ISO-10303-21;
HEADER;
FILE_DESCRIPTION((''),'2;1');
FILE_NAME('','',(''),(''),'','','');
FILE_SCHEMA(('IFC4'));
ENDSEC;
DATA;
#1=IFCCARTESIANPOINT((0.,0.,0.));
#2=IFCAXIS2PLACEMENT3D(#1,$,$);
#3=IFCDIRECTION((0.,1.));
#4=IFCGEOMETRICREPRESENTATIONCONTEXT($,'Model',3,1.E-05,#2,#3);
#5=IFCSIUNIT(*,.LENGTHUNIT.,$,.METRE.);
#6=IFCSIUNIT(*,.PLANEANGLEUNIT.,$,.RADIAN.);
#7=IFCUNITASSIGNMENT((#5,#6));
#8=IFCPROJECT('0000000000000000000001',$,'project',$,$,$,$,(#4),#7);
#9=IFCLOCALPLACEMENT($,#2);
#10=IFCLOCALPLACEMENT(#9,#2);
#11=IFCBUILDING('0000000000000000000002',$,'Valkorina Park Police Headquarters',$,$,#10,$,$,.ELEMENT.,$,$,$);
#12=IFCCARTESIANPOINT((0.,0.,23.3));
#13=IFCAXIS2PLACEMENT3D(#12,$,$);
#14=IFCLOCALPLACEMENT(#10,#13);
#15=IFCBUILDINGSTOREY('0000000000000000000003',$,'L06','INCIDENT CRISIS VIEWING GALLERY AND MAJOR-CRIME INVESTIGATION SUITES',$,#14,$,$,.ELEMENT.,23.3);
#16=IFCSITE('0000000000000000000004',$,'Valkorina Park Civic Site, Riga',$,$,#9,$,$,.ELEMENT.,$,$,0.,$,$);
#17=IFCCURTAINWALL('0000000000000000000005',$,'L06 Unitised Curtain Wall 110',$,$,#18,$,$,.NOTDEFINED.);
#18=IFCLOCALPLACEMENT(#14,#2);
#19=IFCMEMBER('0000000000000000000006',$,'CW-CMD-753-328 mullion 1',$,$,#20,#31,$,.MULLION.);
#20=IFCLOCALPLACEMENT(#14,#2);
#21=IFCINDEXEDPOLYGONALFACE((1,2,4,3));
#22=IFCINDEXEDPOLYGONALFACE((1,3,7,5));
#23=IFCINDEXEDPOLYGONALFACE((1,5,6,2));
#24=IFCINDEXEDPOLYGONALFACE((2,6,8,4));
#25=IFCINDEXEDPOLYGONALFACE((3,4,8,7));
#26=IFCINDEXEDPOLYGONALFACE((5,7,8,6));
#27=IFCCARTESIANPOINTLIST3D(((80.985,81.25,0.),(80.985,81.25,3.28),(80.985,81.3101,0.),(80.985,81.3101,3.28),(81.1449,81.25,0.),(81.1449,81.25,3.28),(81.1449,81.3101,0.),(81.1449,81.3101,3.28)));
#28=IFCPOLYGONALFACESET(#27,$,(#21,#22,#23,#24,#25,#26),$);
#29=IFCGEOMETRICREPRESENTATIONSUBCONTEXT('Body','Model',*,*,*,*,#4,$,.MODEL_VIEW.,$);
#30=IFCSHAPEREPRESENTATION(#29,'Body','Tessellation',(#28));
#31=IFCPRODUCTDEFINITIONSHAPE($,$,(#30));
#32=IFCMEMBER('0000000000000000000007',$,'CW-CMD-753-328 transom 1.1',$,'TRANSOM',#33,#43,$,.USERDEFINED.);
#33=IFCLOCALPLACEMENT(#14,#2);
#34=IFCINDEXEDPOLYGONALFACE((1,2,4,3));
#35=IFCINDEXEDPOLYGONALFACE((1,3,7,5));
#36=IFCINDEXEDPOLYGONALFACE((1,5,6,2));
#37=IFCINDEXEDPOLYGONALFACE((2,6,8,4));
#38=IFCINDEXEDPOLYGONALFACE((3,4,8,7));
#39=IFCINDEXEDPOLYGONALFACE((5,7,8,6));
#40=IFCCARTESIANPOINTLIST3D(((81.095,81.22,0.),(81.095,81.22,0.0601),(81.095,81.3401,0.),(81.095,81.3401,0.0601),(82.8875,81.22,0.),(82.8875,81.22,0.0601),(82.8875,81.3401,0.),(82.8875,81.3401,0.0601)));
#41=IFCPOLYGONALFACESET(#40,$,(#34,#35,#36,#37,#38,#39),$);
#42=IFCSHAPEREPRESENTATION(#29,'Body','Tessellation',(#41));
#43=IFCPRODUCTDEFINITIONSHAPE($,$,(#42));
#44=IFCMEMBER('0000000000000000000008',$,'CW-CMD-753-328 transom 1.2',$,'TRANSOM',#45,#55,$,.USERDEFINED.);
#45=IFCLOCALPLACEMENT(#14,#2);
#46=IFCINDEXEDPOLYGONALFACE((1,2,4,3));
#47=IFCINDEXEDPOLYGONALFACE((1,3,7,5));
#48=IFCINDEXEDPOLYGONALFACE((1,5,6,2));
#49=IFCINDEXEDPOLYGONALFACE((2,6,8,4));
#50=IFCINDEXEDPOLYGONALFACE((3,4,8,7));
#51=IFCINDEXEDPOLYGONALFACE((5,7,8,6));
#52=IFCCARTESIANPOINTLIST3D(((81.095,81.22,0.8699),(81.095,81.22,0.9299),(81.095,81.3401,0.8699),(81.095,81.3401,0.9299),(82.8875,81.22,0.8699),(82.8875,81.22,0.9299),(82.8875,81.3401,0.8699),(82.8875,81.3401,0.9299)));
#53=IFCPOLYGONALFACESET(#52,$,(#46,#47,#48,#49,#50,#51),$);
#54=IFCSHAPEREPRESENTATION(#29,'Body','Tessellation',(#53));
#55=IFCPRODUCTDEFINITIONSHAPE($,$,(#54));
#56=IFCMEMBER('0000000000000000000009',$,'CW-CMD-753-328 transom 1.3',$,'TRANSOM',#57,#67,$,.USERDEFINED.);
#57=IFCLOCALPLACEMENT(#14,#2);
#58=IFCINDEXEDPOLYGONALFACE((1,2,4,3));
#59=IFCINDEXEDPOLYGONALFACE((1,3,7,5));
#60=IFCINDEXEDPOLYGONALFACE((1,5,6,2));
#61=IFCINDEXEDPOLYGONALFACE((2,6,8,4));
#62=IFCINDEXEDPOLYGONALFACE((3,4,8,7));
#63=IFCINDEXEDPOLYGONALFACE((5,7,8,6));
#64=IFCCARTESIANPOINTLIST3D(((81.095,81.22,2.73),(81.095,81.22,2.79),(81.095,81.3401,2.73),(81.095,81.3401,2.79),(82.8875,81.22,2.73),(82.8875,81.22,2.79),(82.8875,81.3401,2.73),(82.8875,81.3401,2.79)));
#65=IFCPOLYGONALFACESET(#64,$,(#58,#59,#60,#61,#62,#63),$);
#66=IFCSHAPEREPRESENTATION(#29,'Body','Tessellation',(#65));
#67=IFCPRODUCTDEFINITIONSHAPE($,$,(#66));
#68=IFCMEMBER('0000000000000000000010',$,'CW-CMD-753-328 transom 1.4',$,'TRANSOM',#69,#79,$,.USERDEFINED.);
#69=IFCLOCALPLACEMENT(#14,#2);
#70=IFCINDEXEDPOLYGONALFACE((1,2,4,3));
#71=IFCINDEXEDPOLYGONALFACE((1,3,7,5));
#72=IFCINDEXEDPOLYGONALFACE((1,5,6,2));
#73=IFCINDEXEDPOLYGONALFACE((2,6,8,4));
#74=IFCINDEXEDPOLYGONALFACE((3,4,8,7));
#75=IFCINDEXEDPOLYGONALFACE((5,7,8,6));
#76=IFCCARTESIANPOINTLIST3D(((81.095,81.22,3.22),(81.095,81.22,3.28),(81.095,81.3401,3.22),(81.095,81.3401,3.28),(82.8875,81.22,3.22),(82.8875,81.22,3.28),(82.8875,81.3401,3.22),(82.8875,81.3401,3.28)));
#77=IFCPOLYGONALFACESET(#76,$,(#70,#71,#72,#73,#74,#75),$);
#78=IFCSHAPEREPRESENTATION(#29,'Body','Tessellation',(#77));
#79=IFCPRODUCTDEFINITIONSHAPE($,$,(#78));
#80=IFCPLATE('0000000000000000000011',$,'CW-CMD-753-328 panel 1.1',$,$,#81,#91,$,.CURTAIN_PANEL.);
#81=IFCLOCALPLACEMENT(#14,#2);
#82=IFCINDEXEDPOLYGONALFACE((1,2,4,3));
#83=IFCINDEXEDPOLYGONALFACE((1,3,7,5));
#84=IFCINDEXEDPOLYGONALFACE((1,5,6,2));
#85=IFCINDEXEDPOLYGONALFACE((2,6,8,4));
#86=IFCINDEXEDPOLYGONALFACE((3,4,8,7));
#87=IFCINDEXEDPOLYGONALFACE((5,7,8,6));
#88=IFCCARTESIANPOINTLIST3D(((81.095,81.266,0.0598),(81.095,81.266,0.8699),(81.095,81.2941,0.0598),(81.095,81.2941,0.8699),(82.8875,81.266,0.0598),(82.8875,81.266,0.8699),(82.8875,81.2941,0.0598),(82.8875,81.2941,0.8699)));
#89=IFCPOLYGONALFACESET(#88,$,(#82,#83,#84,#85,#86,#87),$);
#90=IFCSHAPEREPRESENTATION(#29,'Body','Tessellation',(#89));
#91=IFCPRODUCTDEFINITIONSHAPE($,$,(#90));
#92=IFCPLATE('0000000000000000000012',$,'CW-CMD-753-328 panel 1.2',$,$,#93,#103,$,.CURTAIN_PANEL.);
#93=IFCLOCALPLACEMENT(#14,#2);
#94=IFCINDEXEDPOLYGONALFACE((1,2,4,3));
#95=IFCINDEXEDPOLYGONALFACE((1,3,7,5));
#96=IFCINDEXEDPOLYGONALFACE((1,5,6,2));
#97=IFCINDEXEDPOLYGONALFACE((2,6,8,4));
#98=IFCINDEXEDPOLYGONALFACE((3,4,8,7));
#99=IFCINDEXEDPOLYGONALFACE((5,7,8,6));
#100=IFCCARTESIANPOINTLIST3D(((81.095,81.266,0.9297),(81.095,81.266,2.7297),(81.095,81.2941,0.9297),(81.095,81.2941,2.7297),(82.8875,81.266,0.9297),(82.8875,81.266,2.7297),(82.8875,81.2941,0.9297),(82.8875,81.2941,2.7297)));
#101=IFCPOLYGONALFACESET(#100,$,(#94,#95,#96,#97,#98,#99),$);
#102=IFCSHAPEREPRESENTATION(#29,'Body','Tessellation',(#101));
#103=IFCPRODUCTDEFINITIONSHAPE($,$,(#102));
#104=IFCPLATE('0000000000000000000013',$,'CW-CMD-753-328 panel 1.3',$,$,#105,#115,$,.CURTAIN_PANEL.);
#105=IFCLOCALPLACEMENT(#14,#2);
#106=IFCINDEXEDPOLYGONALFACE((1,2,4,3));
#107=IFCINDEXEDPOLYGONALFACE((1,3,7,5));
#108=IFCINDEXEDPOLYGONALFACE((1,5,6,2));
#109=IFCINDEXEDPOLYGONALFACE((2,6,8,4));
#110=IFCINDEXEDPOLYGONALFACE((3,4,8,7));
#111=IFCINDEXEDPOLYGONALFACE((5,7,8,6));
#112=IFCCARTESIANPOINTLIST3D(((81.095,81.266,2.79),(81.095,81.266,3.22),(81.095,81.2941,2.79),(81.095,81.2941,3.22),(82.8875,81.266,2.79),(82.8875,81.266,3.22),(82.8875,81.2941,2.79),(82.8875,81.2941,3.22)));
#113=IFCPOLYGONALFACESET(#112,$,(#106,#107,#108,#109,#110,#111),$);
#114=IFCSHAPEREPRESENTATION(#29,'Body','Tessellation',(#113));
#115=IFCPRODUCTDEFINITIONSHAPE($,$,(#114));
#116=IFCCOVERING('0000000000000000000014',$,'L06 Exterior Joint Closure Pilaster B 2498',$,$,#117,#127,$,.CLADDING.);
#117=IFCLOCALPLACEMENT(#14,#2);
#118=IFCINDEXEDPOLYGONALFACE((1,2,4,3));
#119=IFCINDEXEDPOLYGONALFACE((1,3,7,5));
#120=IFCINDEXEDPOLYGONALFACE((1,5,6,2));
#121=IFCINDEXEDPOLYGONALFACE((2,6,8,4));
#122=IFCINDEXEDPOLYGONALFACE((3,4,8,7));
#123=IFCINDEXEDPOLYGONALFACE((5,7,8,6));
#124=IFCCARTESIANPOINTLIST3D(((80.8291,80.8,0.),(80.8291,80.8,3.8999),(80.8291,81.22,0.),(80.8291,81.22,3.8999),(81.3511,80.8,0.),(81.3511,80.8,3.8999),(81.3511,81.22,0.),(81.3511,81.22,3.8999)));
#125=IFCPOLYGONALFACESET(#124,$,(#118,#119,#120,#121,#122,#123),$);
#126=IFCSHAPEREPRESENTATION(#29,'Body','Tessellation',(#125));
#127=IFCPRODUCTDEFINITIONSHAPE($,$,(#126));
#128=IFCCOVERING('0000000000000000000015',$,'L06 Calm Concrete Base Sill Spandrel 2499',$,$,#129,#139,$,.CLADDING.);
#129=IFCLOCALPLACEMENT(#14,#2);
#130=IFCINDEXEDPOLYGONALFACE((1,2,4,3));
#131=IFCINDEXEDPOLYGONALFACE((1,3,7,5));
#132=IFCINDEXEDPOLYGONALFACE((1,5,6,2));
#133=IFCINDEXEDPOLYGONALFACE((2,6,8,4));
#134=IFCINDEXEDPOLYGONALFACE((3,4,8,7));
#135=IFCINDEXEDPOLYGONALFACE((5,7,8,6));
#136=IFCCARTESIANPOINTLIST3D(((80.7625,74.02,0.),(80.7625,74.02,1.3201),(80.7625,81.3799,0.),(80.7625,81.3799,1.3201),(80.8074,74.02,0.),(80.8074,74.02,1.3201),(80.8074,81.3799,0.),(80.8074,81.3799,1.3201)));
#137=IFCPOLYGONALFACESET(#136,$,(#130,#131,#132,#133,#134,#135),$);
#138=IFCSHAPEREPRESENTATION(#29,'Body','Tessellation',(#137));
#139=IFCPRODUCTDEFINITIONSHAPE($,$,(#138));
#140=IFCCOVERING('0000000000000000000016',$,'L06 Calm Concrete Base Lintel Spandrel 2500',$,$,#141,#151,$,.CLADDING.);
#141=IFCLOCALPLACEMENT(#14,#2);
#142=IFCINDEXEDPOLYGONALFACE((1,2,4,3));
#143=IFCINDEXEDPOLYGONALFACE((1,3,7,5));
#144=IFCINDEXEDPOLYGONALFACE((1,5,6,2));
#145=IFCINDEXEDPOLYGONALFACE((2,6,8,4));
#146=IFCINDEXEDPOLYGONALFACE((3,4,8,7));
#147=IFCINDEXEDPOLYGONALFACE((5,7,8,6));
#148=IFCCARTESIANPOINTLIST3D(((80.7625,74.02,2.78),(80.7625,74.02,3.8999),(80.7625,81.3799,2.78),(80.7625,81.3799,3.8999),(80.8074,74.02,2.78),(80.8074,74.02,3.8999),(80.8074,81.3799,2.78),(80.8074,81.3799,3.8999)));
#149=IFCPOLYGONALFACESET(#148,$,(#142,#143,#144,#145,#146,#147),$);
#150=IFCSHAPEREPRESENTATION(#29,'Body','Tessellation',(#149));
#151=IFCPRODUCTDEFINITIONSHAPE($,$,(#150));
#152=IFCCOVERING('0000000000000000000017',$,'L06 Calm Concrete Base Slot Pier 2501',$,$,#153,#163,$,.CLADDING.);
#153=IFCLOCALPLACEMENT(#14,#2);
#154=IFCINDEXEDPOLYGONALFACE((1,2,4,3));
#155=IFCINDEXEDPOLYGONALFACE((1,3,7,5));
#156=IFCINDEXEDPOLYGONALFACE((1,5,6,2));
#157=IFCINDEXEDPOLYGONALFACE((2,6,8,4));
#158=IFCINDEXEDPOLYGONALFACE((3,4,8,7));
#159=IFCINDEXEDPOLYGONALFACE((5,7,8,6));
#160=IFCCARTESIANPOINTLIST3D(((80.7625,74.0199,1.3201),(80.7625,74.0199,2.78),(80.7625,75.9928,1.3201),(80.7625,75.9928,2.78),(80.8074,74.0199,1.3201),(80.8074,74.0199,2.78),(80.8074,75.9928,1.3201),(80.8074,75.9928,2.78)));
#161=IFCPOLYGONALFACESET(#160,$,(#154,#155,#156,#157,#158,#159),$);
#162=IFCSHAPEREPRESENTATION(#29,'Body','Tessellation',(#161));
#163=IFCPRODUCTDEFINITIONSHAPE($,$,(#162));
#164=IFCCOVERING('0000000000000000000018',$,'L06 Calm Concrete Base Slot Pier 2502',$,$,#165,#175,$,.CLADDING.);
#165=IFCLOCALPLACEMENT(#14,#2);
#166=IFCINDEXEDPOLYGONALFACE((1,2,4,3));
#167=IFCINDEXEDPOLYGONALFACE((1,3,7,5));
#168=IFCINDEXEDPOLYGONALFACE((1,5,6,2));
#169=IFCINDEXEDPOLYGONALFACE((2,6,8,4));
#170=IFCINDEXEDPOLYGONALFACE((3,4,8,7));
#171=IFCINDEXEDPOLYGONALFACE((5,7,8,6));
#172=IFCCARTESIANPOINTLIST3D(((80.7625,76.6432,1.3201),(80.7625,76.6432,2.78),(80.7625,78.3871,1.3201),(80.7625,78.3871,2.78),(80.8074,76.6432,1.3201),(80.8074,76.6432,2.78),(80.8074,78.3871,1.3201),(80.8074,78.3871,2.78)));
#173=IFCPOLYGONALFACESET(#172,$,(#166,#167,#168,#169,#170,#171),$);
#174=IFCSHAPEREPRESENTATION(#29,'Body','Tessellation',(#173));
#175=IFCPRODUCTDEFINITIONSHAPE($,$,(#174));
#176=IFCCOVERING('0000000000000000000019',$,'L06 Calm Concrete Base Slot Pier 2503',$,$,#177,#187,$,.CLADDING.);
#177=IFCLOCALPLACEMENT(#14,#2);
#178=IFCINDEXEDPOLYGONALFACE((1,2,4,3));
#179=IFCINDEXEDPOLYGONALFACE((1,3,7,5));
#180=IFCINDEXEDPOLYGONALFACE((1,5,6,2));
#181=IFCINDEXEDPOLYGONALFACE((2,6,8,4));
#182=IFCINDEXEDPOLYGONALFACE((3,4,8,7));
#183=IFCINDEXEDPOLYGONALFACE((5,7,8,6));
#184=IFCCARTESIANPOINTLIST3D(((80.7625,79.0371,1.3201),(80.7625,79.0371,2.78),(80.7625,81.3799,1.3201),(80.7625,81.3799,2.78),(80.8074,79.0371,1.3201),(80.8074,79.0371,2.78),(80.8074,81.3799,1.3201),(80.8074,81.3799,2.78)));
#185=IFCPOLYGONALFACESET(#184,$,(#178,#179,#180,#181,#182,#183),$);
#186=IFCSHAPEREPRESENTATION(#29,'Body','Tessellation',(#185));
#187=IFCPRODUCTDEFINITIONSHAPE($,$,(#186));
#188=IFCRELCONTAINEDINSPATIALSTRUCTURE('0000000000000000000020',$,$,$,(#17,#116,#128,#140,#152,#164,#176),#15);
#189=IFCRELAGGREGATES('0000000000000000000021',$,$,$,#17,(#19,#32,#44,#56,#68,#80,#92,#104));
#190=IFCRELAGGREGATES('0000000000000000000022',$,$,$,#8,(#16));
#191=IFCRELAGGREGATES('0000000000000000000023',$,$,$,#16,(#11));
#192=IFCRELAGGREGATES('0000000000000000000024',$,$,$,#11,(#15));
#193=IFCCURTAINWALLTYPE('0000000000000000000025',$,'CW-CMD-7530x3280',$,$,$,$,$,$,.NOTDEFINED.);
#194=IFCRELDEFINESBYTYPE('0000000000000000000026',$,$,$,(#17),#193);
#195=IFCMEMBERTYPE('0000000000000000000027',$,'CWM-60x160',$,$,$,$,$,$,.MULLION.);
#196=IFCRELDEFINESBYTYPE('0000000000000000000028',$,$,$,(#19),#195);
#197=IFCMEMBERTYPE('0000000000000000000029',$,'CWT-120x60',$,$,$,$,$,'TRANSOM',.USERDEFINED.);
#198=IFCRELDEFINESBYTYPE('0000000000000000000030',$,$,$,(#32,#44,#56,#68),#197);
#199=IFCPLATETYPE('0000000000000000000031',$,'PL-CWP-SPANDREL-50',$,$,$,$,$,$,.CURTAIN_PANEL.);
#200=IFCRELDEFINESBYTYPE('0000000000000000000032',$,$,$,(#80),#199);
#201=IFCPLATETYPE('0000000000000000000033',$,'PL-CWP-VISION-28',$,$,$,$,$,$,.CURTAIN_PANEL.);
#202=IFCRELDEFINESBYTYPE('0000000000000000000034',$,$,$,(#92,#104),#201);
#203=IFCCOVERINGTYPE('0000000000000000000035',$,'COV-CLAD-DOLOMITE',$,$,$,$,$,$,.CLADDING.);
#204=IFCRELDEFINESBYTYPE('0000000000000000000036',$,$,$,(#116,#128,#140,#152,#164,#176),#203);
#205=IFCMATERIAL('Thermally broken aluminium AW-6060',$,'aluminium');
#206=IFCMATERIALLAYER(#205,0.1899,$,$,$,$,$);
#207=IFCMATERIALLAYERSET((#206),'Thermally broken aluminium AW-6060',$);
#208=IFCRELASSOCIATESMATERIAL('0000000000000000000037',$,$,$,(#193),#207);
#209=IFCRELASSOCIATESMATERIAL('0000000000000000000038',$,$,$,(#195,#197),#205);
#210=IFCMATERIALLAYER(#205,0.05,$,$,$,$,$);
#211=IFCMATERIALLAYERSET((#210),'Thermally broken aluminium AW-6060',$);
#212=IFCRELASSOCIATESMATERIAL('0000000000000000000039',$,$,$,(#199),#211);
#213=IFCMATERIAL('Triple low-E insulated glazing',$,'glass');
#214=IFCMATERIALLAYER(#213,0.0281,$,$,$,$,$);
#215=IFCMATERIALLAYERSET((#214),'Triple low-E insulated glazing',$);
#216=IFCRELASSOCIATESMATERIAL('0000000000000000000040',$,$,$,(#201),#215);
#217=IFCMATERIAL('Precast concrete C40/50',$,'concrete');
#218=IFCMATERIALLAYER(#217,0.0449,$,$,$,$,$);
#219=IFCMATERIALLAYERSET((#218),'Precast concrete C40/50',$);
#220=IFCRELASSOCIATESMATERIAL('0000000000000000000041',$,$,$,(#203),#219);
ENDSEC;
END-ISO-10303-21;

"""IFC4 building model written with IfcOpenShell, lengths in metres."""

from ifc_helpers import new_model, si_unit, direction, frame, frame_2d, origin, origin_2d, place, context, subcontext, project, spatial, rectangle, extrude, material, layer, layer_set, material_profile, profile_set, type_object, element, aggregate, save


model = new_model("IFC4")

# Units and contexts
model_context = context("Model", 3, precision=1e-05, world=origin(), true_north=direction((0.0, 1.0)))
body_context = subcontext(model_context, "Body", "Model", "MODEL_VIEW")
ifc_project = project(units=[si_unit("LENGTHUNIT", "METRE"), si_unit("PLANEANGLEUNIT", "RADIAN")], contexts=[model_context])

# Site, building, storey
site_placement = place(None, origin())
site = spatial("IfcSite", under=ifc_project, at=site_placement, Name="Valkorina Park Civic Site, Riga", CompositionType="ELEMENT", RefElevation=0.0)
building_placement = place(site_placement, origin())
building = spatial("IfcBuilding", under=site, at=building_placement, Name="Valkorina Park Police Headquarters", CompositionType="ELEMENT")
storey_placement = place(building_placement, frame((0.0, 0.0, 23.3)))
storey = spatial("IfcBuildingStorey", under=building, at=storey_placement, Name="L06", Description="INCIDENT CRISIS VIEWING GALLERY AND MAJOR-CRIME INVESTIGATION SUITES", CompositionType="ELEMENT", Elevation=23.3)

# Curtain wall, members, plates
ifc_material_1 = material(Name="Thermally broken aluminium AW-6060", Category="aluminium")
ifc_layer_1 = layer(ifc_material_1, 0.1899)
ifc_layer_set_1 = layer_set([ifc_layer_1], Name="Thermally broken aluminium AW-6060")
curtain_wall_type = type_object("IfcCurtainWallType", Name="CW-CMD-7530x3280", PredefinedType="NOTDEFINED", material=ifc_layer_set_1)
curtain_wall_placement = place(storey_placement, origin())
curtain_wall = element("IfcCurtainWall", 1, at=curtain_wall_placement, inside=storey, type_object=curtain_wall_type, Name="L06 Unitised Curtain Wall 110", PredefinedType="NOTDEFINED")
ifc_material_profile_1 = material_profile(ifc_material_1, rectangle(XDim=0.0601, YDim=0.1599, at=origin_2d()), Name="CWM-01 60x160")
ifc_profile_set_1 = profile_set([ifc_material_profile_1], Name="Thermally broken aluminium AW-6060")
member_type_1 = type_object("IfcMemberType", Name="CWM-60x160", PredefinedType="MULLION", material=ifc_profile_set_1)
member_1_placement = place(storey_placement, frame((81.0649, 81.28, 0.0), z_axis=(0.0, 0.0, 1.0), x_axis=(0.0, 1.0, 0.0)))
member_1 = element("IfcMember", 2, at=member_1_placement, type_object=member_type_1, Name="CW-CMD-753-328 mullion 1", PredefinedType="MULLION", context=body_context, shape_type="SweptSolid", body=[
    extrude(rectangle(XDim=0.0601, YDim=0.1599, at=origin_2d()), origin(), (0.0, 0.0, 1.0), 3.28),
])
ifc_material_profile_2 = material_profile(ifc_material_1, rectangle(XDim=0.1201, YDim=0.0601, at=origin_2d()), Name="CWT-01 120x60")
ifc_profile_set_2 = profile_set([ifc_material_profile_2], Name="Thermally broken aluminium AW-6060")
member_type_2 = type_object("IfcMemberType", Name="CWT-120x60", ElementType="TRANSOM", PredefinedType="USERDEFINED", material=ifc_profile_set_2)
member_2_placement = place(storey_placement, frame((81.095, 81.28, 0.03), z_axis=(1.0, 0.0, 0.0), x_axis=(0.0, 1.0, 0.0)))
member_2 = element("IfcMember", 3, at=member_2_placement, type_object=member_type_2, Name="CW-CMD-753-328 transom 1.1", ObjectType="TRANSOM", PredefinedType="USERDEFINED", context=body_context, shape_type="SweptSolid", body=[
    extrude(rectangle(XDim=0.1201, YDim=0.0601, at=origin_2d()), origin(), (0.0, 0.0, 1.0), 1.7925),
])
member_3_placement = place(storey_placement, frame((81.095, 81.28, 0.8999), z_axis=(1.0, 0.0, 0.0), x_axis=(0.0, 1.0, 0.0)))
member_3 = element("IfcMember", 4, at=member_3_placement, type_object=member_type_2, Name="CW-CMD-753-328 transom 1.2", ObjectType="TRANSOM", PredefinedType="USERDEFINED", context=body_context, shape_type="SweptSolid", body=[
    extrude(rectangle(XDim=0.1201, YDim=0.0601, at=origin_2d()), origin(), (0.0, 0.0, 1.0), 1.7925),
])
member_4_placement = place(storey_placement, frame((81.095, 81.28, 2.76), z_axis=(1.0, 0.0, 0.0), x_axis=(0.0, 1.0, 0.0)))
member_4 = element("IfcMember", 5, at=member_4_placement, type_object=member_type_2, Name="CW-CMD-753-328 transom 1.3", ObjectType="TRANSOM", PredefinedType="USERDEFINED", context=body_context, shape_type="SweptSolid", body=[
    extrude(rectangle(XDim=0.1201, YDim=0.0601, at=origin_2d()), origin(), (0.0, 0.0, 1.0), 1.7925),
])
member_5_placement = place(storey_placement, frame((81.095, 81.28, 3.25), z_axis=(1.0, 0.0, 0.0), x_axis=(0.0, 1.0, 0.0)))
member_5 = element("IfcMember", 6, at=member_5_placement, type_object=member_type_2, Name="CW-CMD-753-328 transom 1.4", ObjectType="TRANSOM", PredefinedType="USERDEFINED", context=body_context, shape_type="SweptSolid", body=[
    extrude(rectangle(XDim=0.1201, YDim=0.0601, at=origin_2d()), origin(), (0.0, 0.0, 1.0), 1.7925),
])
ifc_layer_2 = layer(ifc_material_1, 0.05)
ifc_layer_set_2 = layer_set([ifc_layer_2], Name="Thermally broken aluminium AW-6060")
plate_type_1 = type_object("IfcPlateType", Name="PL-CWP-SPANDREL-50", PredefinedType="CURTAIN_PANEL", material=ifc_layer_set_2)
plate_1_placement = place(storey_placement, frame((81.9912, 81.28, 0.0598), z_axis=(0.0, 0.0, 1.0), x_axis=(1.0, 0.0, 0.0)))
plate_1 = element("IfcPlate", 7, at=plate_1_placement, type_object=plate_type_1, Name="CW-CMD-753-328 panel 1.1", PredefinedType="CURTAIN_PANEL", context=body_context, shape_type="SweptSolid", body=[
    extrude(rectangle(XDim=1.7925, YDim=0.0281, at=origin_2d()), origin(), (0.0, 0.0, 1.0), 0.8101),
])
ifc_material_2 = material(Name="Triple low-E insulated glazing", Category="glass")
ifc_layer_3 = layer(ifc_material_2, 0.0281)
ifc_layer_set_3 = layer_set([ifc_layer_3], Name="Triple low-E insulated glazing")
plate_type_2 = type_object("IfcPlateType", Name="PL-CWP-VISION-28", PredefinedType="CURTAIN_PANEL", material=ifc_layer_set_3)
plate_2_placement = place(storey_placement, frame((81.9912, 81.28, 0.9297), z_axis=(0.0, 0.0, 1.0), x_axis=(1.0, 0.0, 0.0)))
plate_2 = element("IfcPlate", 8, at=plate_2_placement, type_object=plate_type_2, Name="CW-CMD-753-328 panel 1.2", PredefinedType="CURTAIN_PANEL", context=body_context, shape_type="SweptSolid", body=[
    extrude(rectangle(XDim=1.7925, YDim=0.0281, at=origin_2d()), origin(), (0.0, 0.0, 1.0), 1.8),
])
plate_3_placement = place(storey_placement, frame((81.9912, 81.28, 2.79), z_axis=(0.0, 0.0, 1.0), x_axis=(1.0, 0.0, 0.0)))
plate_3 = element("IfcPlate", 9, at=plate_3_placement, type_object=plate_type_2, Name="CW-CMD-753-328 panel 1.3", PredefinedType="CURTAIN_PANEL", context=body_context, shape_type="SweptSolid", body=[
    extrude(rectangle(XDim=1.7925, YDim=0.0281, at=origin_2d()), origin(), (0.0, 0.0, 1.0), 0.4299),
])
aggregate(curtain_wall, [member_1, member_2, member_3, member_4, member_5, plate_1, plate_2, plate_3])

# Coverings
ifc_material_3 = material(Name="Precast concrete C40/50", Category="concrete")
ifc_layer_4 = layer(ifc_material_3, 0.0449)
ifc_layer_set_4 = layer_set([ifc_layer_4], Name="Precast concrete C40/50")
covering_type = type_object("IfcCoveringType", Name="COV-CLAD-DOLOMITE", PredefinedType="CLADDING", material=ifc_layer_set_4)
covering_1_placement = place(storey_placement, frame((81.0901, 81.01, 0.0), z_axis=(0.0, 0.0, 1.0), x_axis=(0.0, 1.0, 0.0)))
element("IfcCovering", 10, at=covering_1_placement, inside=storey, type_object=covering_type, Name="L06 Exterior Joint Closure Pilaster B 2498", PredefinedType="CLADDING", context=body_context, shape_type="SweptSolid", body=[
    extrude(rectangle(XDim=0.4199, YDim=0.522, at=origin_2d()), origin(), (0.0, 0.0, 1.0), 3.8999),
])
covering_2_placement = place(storey_placement, frame((80.7849, 74.02, 0.0), z_axis=(0.0, 0.0, 1.0), x_axis=(0.0, 1.0, 0.0)))
element("IfcCovering", 11, at=covering_2_placement, inside=storey, type_object=covering_type, Name="L06 Calm Concrete Base Sill Spandrel 2499", PredefinedType="CLADDING", context=body_context, shape_type="SweptSolid", body=[
    extrude(rectangle(XDim=7.3599, YDim=0.0449, at=frame_2d((3.6799, 0.0))), origin(), (0.0, 0.0, 1.0), 1.3201),
])
covering_3_placement = place(storey_placement, frame((80.7849, 74.02, 2.78), z_axis=(0.0, 0.0, 1.0), x_axis=(0.0, 1.0, 0.0)))
element("IfcCovering", 12, at=covering_3_placement, inside=storey, type_object=covering_type, Name="L06 Calm Concrete Base Lintel Spandrel 2500", PredefinedType="CLADDING", context=body_context, shape_type="SweptSolid", body=[
    extrude(rectangle(XDim=7.3599, YDim=0.0449, at=frame_2d((3.6799, 0.0))), origin(), (0.0, 0.0, 1.0), 1.1199),
])
covering_4_placement = place(storey_placement, frame((80.7849, 74.02, 1.3201), z_axis=(0.0, 0.0, 1.0), x_axis=(0.0, 1.0, 0.0)))
element("IfcCovering", 13, at=covering_4_placement, inside=storey, type_object=covering_type, Name="L06 Calm Concrete Base Slot Pier 2501", PredefinedType="CLADDING", context=body_context, shape_type="SweptSolid", body=[
    extrude(rectangle(XDim=1.9729, YDim=0.0449, at=frame_2d((0.9863, 0.0))), origin(), (0.0, 0.0, 1.0), 1.46),
])
covering_5_placement = place(storey_placement, frame((80.7849, 76.6431, 1.3201), z_axis=(0.0, 0.0, 1.0), x_axis=(0.0, 1.0, 0.0)))
element("IfcCovering", 14, at=covering_5_placement, inside=storey, type_object=covering_type, Name="L06 Calm Concrete Base Slot Pier 2502", PredefinedType="CLADDING", context=body_context, shape_type="SweptSolid", body=[
    extrude(rectangle(XDim=1.7439, YDim=0.0449, at=frame_2d((0.8721, 0.0))), origin(), (0.0, 0.0, 1.0), 1.46),
])
covering_6_placement = place(storey_placement, frame((80.7849, 79.0371, 1.3201), z_axis=(0.0, 0.0, 1.0), x_axis=(0.0, 1.0, 0.0)))
element("IfcCovering", 15, at=covering_6_placement, inside=storey, type_object=covering_type, Name="L06 Calm Concrete Base Slot Pier 2503", PredefinedType="CLADDING", context=body_context, shape_type="SweptSolid", body=[
    extrude(rectangle(XDim=2.3428, YDim=0.0449, at=frame_2d((1.1714, 0.0))), origin(), (0.0, 0.0, 1.0), 1.46),
])

save(model, "model.ifc")
